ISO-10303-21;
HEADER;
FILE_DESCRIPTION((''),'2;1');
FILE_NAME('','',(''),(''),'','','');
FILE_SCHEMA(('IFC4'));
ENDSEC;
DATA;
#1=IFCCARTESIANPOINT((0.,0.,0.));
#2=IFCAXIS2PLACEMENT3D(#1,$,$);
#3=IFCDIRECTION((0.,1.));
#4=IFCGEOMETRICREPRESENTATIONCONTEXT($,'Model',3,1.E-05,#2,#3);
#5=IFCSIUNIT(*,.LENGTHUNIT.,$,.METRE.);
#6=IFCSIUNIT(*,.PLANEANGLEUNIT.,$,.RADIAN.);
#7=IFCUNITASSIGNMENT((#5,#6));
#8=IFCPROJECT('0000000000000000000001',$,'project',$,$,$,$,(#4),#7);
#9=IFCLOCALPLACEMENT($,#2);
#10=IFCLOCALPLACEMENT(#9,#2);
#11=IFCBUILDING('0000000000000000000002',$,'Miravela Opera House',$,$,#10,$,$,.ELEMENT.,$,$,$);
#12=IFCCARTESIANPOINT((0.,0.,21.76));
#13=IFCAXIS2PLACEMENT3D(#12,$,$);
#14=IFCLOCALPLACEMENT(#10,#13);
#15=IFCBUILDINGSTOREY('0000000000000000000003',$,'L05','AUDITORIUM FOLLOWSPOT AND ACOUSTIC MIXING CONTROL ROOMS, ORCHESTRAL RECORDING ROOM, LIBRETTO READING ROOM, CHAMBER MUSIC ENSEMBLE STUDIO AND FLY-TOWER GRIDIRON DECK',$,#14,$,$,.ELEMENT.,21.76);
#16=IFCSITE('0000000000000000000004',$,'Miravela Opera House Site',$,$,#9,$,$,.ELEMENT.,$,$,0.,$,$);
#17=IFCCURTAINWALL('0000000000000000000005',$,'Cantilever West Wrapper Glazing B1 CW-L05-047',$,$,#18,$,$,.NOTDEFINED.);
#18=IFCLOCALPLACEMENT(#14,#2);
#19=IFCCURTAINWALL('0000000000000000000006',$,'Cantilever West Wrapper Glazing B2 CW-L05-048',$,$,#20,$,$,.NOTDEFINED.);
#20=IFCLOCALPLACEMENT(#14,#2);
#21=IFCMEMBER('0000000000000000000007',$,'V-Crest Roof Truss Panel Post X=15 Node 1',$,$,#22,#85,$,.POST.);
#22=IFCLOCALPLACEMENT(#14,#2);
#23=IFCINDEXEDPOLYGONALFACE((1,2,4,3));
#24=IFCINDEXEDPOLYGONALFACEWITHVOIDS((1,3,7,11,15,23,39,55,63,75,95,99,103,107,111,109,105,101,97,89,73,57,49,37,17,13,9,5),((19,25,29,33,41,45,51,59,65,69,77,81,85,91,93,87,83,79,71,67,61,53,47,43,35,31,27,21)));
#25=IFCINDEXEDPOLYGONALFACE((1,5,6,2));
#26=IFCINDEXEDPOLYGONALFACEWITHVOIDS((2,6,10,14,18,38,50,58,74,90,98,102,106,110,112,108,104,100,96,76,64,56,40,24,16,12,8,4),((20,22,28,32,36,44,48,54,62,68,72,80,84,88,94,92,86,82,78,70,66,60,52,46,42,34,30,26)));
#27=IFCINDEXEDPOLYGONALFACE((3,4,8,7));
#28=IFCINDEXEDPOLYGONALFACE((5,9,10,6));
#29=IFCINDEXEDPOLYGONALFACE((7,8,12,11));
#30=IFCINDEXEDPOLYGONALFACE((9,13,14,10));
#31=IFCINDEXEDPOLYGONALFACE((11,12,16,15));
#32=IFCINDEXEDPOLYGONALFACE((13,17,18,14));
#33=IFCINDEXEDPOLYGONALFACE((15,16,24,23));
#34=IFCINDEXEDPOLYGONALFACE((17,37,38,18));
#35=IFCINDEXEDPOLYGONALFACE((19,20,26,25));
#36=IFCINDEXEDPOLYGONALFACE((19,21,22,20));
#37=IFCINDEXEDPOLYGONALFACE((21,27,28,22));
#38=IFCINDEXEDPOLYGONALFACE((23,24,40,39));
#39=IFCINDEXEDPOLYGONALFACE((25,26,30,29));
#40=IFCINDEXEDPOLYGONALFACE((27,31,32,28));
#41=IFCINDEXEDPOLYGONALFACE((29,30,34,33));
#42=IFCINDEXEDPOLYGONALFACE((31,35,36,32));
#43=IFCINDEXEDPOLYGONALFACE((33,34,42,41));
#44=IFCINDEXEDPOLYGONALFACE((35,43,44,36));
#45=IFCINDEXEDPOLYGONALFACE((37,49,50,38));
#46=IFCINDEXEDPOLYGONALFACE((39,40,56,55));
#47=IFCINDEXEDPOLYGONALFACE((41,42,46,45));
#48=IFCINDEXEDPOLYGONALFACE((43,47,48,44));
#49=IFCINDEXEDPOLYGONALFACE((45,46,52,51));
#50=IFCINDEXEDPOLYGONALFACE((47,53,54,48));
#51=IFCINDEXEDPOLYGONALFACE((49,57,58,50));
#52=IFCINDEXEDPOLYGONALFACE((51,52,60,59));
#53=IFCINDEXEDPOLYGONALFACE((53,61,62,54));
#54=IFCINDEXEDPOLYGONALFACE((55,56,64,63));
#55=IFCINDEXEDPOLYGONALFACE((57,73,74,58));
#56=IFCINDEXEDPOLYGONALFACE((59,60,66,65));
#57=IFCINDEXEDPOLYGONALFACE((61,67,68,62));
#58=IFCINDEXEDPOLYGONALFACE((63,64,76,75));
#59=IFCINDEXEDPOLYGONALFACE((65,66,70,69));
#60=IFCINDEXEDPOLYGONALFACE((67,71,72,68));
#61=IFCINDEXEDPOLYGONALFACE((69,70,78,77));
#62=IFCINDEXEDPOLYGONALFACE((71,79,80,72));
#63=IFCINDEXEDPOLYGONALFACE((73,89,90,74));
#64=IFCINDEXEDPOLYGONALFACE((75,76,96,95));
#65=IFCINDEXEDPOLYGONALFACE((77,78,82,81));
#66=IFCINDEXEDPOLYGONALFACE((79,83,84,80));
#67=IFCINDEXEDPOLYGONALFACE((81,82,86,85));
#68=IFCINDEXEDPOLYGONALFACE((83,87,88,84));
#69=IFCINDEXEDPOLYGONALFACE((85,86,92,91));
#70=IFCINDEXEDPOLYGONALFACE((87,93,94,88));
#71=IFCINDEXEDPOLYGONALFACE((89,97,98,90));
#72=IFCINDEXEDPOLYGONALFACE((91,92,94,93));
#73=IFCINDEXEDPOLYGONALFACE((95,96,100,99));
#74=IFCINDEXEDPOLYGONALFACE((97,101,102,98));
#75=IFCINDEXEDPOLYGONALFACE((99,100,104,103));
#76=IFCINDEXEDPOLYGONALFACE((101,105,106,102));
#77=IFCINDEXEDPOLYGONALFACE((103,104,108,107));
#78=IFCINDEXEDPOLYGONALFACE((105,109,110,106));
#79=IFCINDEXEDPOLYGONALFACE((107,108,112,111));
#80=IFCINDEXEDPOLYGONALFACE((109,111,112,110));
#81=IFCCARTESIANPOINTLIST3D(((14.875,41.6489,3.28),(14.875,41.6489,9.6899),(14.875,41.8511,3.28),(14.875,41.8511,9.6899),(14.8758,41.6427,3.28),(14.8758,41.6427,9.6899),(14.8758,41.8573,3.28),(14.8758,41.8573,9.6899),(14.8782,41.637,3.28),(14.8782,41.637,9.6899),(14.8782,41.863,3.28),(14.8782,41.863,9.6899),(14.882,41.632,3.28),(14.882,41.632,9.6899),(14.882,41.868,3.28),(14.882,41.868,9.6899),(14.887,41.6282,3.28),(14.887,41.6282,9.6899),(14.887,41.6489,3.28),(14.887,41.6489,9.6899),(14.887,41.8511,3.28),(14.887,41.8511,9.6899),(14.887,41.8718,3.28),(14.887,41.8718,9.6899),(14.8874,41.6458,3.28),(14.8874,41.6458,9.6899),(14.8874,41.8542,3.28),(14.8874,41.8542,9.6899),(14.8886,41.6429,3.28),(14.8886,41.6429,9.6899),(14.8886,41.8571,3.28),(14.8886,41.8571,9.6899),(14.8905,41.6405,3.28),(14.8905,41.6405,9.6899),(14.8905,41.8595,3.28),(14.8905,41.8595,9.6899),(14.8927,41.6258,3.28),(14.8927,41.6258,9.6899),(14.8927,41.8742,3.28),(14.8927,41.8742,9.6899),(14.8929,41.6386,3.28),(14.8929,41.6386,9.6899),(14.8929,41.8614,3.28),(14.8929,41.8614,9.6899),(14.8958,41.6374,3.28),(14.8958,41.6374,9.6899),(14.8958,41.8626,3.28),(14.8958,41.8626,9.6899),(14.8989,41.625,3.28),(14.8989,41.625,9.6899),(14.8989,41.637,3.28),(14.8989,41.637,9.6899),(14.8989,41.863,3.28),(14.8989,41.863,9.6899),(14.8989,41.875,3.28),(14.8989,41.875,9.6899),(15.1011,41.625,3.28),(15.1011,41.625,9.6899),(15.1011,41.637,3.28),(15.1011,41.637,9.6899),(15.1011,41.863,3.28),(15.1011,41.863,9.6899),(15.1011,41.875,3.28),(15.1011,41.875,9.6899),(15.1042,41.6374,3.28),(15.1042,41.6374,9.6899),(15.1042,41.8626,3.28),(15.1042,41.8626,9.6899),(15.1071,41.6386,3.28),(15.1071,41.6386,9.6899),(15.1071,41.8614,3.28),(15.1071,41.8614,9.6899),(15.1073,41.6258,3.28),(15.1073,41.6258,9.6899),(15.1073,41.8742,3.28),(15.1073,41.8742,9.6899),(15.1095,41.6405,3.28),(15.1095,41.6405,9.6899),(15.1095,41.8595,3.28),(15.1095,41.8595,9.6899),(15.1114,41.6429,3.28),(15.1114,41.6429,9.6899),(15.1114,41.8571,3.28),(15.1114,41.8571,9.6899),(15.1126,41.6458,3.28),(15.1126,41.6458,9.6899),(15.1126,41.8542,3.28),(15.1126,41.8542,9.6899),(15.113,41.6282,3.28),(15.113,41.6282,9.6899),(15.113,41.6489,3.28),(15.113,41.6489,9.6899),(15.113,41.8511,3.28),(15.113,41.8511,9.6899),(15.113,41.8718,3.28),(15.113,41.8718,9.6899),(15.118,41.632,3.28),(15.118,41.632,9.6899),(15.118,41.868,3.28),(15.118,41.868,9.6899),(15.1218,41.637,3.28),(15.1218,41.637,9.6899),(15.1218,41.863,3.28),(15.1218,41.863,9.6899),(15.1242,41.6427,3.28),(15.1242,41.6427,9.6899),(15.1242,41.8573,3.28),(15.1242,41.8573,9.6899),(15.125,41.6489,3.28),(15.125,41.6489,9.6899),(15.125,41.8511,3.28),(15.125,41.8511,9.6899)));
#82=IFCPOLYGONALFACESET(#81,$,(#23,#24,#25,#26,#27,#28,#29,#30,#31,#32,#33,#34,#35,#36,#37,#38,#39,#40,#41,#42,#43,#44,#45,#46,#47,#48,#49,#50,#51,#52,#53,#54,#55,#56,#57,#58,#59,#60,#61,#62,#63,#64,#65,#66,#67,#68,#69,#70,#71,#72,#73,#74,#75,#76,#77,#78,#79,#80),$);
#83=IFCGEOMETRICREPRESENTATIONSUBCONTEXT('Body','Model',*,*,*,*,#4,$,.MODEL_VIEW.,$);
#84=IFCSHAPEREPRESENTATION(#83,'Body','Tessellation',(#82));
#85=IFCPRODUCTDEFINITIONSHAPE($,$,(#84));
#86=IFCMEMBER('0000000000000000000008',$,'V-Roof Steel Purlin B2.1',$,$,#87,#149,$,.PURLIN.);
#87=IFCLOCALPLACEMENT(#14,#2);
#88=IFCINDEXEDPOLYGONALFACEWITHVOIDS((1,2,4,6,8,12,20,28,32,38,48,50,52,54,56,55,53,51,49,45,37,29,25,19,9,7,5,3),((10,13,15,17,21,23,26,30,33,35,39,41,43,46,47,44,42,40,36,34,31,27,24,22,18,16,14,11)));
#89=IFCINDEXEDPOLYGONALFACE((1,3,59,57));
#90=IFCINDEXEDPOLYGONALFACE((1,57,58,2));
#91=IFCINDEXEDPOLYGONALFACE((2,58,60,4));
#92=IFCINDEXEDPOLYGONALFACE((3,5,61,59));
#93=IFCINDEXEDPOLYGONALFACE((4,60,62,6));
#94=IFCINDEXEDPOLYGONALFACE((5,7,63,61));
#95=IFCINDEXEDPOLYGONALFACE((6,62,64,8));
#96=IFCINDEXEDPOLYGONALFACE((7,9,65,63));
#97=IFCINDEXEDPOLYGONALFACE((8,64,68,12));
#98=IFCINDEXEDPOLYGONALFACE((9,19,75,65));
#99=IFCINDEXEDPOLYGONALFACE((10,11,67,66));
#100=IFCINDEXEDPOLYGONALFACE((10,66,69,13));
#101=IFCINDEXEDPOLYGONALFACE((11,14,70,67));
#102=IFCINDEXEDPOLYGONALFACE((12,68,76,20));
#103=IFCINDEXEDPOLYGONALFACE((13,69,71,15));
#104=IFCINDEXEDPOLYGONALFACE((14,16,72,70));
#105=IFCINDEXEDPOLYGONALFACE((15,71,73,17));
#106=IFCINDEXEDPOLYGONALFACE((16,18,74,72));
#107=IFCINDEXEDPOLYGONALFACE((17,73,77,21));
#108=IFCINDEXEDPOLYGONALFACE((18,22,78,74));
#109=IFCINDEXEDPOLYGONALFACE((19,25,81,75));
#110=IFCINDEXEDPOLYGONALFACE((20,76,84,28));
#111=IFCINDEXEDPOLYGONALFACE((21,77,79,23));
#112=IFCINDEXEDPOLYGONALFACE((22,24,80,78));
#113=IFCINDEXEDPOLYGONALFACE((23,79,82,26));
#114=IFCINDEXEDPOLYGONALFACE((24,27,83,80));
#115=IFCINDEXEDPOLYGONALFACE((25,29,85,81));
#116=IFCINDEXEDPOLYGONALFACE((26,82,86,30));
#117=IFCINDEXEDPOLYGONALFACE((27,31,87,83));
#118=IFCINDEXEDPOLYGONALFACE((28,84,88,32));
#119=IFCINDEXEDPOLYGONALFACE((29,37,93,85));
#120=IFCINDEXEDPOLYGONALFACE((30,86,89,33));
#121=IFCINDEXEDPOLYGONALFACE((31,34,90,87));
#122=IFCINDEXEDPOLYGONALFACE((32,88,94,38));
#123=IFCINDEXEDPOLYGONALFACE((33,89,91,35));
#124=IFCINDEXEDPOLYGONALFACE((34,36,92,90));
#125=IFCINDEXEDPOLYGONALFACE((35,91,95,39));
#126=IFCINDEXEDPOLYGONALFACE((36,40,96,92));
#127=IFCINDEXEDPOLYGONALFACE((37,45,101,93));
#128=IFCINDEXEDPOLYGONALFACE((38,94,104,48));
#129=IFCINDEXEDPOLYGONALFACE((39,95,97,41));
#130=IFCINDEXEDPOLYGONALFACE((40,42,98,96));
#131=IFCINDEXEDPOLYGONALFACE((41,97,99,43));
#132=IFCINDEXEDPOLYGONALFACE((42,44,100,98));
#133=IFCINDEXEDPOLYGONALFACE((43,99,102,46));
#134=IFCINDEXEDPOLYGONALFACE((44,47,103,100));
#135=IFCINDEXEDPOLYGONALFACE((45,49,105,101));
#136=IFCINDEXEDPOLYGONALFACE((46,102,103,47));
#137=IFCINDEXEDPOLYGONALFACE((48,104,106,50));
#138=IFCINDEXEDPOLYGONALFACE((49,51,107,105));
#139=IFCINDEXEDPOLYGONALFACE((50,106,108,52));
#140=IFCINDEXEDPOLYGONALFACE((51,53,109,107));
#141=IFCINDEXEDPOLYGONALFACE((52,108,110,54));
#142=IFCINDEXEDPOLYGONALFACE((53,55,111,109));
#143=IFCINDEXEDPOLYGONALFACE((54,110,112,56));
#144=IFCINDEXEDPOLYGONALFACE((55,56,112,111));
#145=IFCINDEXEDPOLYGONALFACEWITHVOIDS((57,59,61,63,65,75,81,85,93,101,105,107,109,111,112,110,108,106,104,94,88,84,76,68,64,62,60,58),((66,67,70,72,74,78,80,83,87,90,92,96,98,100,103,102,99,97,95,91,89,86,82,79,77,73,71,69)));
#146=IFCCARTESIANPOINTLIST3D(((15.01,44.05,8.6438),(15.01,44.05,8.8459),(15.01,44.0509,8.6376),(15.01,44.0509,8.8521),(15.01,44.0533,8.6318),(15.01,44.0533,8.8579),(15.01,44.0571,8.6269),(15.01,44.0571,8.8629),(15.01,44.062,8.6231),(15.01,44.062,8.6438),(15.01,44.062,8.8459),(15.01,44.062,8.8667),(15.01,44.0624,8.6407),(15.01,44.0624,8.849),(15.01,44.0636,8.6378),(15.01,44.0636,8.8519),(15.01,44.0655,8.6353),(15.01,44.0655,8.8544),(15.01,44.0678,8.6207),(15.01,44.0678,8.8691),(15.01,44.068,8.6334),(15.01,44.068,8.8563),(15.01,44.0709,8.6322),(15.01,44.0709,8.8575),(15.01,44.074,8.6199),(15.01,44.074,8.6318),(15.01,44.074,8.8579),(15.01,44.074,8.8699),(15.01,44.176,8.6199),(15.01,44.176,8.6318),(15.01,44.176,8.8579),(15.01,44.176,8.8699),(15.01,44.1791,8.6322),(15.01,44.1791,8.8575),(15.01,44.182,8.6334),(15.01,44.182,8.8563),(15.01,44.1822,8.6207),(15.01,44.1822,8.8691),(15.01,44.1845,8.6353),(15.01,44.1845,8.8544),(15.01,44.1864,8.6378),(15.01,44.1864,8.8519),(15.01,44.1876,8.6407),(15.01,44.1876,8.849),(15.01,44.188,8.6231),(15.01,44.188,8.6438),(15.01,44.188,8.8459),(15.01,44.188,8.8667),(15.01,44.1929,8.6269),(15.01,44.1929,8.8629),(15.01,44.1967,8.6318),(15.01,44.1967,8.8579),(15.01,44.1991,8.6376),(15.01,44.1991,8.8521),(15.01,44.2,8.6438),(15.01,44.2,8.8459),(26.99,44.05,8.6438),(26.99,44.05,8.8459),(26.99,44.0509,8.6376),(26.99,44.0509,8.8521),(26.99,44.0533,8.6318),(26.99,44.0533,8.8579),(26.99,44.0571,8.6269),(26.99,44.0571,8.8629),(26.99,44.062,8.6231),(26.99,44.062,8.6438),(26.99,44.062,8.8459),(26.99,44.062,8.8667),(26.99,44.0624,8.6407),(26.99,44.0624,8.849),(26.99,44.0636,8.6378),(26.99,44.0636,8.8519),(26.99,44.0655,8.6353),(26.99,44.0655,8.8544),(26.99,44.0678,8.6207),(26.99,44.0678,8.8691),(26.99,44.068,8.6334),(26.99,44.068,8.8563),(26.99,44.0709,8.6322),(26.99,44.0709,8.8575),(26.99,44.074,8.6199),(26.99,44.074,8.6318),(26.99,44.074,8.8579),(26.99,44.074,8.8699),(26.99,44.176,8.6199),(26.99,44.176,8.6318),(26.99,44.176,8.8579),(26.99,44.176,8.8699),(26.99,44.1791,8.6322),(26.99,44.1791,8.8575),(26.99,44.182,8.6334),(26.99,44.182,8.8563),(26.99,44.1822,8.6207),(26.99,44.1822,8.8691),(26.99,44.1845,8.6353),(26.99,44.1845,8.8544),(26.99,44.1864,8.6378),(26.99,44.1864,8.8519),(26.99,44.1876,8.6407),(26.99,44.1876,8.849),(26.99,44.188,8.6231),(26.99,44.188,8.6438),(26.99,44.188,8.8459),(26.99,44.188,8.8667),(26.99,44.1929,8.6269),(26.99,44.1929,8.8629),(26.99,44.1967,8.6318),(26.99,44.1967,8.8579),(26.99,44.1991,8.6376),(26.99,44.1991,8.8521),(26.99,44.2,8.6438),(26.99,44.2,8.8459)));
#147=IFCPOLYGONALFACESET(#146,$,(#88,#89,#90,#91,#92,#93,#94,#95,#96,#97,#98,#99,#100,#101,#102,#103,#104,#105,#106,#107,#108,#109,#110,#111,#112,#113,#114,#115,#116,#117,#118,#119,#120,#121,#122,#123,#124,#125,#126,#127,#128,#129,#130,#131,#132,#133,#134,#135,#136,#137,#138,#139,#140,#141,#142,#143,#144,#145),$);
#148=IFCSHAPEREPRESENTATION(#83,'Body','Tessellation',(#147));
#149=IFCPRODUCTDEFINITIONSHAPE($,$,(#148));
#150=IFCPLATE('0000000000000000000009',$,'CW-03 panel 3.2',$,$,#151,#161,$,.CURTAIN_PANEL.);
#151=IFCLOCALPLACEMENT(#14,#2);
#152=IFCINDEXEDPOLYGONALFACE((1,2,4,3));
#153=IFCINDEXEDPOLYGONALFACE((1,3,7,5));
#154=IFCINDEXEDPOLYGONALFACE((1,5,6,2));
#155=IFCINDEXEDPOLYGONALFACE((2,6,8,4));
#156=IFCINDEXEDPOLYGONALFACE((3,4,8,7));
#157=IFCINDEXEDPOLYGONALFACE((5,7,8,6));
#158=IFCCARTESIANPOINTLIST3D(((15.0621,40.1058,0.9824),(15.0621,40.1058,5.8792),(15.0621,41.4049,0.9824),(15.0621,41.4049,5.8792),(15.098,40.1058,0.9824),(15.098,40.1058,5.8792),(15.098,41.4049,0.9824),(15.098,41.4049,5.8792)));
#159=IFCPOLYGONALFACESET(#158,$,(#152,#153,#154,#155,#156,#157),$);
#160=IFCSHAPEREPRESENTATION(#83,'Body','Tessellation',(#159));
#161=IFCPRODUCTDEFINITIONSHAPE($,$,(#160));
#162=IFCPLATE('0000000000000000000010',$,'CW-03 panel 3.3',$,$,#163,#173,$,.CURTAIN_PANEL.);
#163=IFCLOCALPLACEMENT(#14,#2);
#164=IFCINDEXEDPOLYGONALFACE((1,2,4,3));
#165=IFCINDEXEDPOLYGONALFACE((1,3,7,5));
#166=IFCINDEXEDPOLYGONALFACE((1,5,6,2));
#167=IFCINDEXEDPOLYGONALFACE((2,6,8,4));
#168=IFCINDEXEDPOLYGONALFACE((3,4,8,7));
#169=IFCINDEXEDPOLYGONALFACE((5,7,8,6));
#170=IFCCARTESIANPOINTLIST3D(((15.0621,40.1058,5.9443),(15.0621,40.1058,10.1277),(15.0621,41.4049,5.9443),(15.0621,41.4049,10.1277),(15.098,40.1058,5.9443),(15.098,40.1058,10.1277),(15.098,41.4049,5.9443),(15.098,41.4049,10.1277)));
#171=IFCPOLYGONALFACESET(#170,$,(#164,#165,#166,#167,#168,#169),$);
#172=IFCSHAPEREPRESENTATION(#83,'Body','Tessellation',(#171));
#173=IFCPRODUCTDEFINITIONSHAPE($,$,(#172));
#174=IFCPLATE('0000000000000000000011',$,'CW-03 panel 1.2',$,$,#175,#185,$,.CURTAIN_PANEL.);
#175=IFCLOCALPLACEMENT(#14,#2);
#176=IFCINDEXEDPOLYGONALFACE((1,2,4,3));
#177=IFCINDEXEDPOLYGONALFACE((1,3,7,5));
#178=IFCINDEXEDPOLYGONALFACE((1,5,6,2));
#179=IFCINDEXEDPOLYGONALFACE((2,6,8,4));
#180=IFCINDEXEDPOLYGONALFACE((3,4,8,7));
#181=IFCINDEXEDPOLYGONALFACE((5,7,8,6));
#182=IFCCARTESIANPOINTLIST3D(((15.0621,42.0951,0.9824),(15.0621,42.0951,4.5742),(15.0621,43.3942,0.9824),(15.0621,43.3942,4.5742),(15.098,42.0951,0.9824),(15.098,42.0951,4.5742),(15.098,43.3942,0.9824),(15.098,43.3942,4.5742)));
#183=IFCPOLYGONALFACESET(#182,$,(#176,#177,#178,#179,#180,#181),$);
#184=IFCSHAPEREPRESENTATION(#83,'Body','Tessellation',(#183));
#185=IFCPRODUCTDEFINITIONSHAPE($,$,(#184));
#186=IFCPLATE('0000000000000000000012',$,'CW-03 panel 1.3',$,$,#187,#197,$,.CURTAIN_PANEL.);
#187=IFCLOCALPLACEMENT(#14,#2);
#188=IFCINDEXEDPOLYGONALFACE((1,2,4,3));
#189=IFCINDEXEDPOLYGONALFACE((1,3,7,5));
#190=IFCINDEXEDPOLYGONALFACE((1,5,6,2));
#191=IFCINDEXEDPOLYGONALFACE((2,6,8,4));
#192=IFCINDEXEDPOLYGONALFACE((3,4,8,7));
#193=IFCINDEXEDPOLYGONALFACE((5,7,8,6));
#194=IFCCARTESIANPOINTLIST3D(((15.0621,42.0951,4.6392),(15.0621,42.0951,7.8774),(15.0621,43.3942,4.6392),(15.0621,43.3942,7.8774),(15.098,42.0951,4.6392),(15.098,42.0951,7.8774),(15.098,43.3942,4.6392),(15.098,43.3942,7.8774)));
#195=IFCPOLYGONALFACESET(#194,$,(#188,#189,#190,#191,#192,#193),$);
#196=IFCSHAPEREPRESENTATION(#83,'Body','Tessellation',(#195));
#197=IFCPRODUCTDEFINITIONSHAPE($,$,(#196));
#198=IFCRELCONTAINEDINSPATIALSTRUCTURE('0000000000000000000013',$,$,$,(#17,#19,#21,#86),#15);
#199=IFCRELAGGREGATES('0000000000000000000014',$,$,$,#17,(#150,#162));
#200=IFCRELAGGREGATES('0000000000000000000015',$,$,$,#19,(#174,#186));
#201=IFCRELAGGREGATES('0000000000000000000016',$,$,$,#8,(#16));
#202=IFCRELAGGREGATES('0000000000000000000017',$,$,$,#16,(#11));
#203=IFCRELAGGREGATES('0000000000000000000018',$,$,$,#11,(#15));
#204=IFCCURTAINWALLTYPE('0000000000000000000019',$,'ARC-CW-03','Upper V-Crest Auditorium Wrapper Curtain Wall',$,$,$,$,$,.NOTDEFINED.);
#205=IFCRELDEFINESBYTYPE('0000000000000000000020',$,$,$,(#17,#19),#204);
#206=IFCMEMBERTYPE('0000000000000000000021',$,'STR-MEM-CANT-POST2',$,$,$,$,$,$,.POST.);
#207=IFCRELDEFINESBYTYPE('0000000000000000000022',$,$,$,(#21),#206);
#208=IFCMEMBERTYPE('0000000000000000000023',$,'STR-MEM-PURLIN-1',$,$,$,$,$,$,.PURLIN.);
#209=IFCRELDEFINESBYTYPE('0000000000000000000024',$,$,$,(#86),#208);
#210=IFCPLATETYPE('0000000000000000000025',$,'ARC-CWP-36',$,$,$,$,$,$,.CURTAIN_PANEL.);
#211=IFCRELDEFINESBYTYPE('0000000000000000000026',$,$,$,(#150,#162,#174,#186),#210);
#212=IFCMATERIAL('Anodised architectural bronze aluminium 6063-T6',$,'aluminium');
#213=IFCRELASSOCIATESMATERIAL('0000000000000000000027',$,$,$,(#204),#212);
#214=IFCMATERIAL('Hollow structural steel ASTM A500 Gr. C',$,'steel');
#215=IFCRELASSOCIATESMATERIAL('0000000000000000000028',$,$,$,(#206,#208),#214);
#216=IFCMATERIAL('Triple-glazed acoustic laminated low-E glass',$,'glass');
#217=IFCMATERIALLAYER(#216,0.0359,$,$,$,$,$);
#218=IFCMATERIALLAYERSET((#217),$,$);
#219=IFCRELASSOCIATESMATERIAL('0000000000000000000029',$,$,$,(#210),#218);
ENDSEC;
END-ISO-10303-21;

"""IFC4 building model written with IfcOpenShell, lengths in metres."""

from ifc_helpers import new_model, si_unit, direction, frame, origin, origin_2d, place, context, subcontext, project, spatial, rectangle, hollow_rectangle, extrude, material, layer, layer_set, material_profile, profile_set, type_object, element, aggregate, save


model = new_model("IFC4")

# Units and contexts
model_context = context("Model", 3, precision=1e-05, world=origin(), true_north=direction((0.0, 1.0)))
body_context = subcontext(model_context, "Body", "Model", "MODEL_VIEW")
ifc_project = project(units=[si_unit("LENGTHUNIT", "METRE"), si_unit("PLANEANGLEUNIT", "RADIAN")], contexts=[model_context])

# Site, building, storey
site_placement = place(None, origin())
site = spatial("IfcSite", under=ifc_project, at=site_placement, Name="Miravela Opera House Site", CompositionType="ELEMENT", RefElevation=0.0)
building_placement = place(site_placement, origin())
building = spatial("IfcBuilding", under=site, at=building_placement, Name="Miravela Opera House", CompositionType="ELEMENT")
storey_placement = place(building_placement, frame((0.0, 0.0, 21.76)))
storey = spatial("IfcBuildingStorey", under=building, at=storey_placement, Name="L05", Description="AUDITORIUM FOLLOWSPOT AND ACOUSTIC MIXING CONTROL ROOMS, ORCHESTRAL RECORDING ROOM, LIBRETTO READING ROOM, CHAMBER MUSIC ENSEMBLE STUDIO AND FLY-TOWER GRIDIRON DECK", CompositionType="ELEMENT", Elevation=21.76)

# Curtain walls
ifc_material_1 = material(Name="Anodised architectural bronze aluminium 6063-T6", Category="aluminium")
curtain_wall_type = type_object("IfcCurtainWallType", Name="ARC-CW-03", Description="Upper V-Crest Auditorium Wrapper Curtain Wall", PredefinedType="NOTDEFINED", material=ifc_material_1)
curtain_wall_1_placement = place(storey_placement, origin())
curtain_wall_1 = element("IfcCurtainWall", 1, at=curtain_wall_1_placement, inside=storey, type_object=curtain_wall_type, Name="Cantilever West Wrapper Glazing B1 CW-L05-047", PredefinedType="NOTDEFINED")
curtain_wall_2_placement = place(storey_placement, origin())
curtain_wall_2 = element("IfcCurtainWall", 2, at=curtain_wall_2_placement, inside=storey, type_object=curtain_wall_type, Name="Cantilever West Wrapper Glazing B2 CW-L05-048", PredefinedType="NOTDEFINED")

# Members
ifc_material_2 = material(Name="Hollow structural steel ASTM A500 Gr. C", Category="steel")
ifc_material_profile_1 = material_profile(ifc_material_2, hollow_rectangle(XDim=0.25, YDim=0.25, WallThickness=0.012, InnerFilletRadius=0.012, OuterFilletRadius=0.0239, at=origin_2d()), Name="HSS250X250X12")
ifc_profile_set_1 = profile_set([ifc_material_profile_1])
member_type_1 = type_object("IfcMemberType", Name="STR-MEM-CANT-POST2", PredefinedType="POST", material=ifc_profile_set_1)
member_1_placement = place(storey_placement, frame((15.0, 41.75, 3.28), z_axis=(0.0, 0.0, 1.0), x_axis=(1.0, 0.0, 0.0)))
element("IfcMember", 3, at=member_1_placement, inside=storey, type_object=member_type_1, Name="V-Crest Roof Truss Panel Post X=15 Node 1", PredefinedType="POST", context=body_context, shape_type="SweptSolid", body=[
    extrude(hollow_rectangle(XDim=0.25, YDim=0.25, WallThickness=0.012, InnerFilletRadius=0.012, OuterFilletRadius=0.0239, at=origin_2d()), origin(), (0.0, 0.0, 1.0), 6.4099),
])
ifc_material_profile_2 = material_profile(ifc_material_2, hollow_rectangle(XDim=0.1499, YDim=0.25, WallThickness=0.012, InnerFilletRadius=0.012, OuterFilletRadius=0.0239, at=origin_2d()), Name="HSS250X150X12")
ifc_profile_set_2 = profile_set([ifc_material_profile_2])
member_type_2 = type_object("IfcMemberType", Name="STR-MEM-PURLIN-1", PredefinedType="PURLIN", material=ifc_profile_set_2)
member_2_placement = place(storey_placement, frame((15.01, 44.125, 8.7449), z_axis=(1.0, 0.0, 0.0), x_axis=(0.0, 1.0, 0.0)))
element("IfcMember", 4, at=member_2_placement, inside=storey, type_object=member_type_2, Name="V-Roof Steel Purlin B2.1", PredefinedType="PURLIN", context=body_context, shape_type="SweptSolid", body=[
    extrude(hollow_rectangle(XDim=0.1499, YDim=0.25, WallThickness=0.012, InnerFilletRadius=0.012, OuterFilletRadius=0.0239, at=origin_2d()), origin(), (0.0, 0.0, 1.0), 11.98),
])

# Plates
ifc_material_3 = material(Name="Triple-glazed acoustic laminated low-E glass", Category="glass")
ifc_layer = layer(ifc_material_3, 0.0359)
ifc_layer_set = layer_set([ifc_layer])
plate_type = type_object("IfcPlateType", Name="ARC-CWP-36", PredefinedType="CURTAIN_PANEL", material=ifc_layer_set)
plate_1_placement = place(storey_placement, frame((15.0801, 40.7554, 0.9824), z_axis=(0.0, 0.0, 1.0), x_axis=(0.0, 1.0, 0.0)))
plate_1 = element("IfcPlate", 5, at=plate_1_placement, type_object=plate_type, Name="CW-03 panel 3.2", PredefinedType="CURTAIN_PANEL", context=body_context, shape_type="SweptSolid", body=[
    extrude(rectangle(XDim=1.2991, YDim=0.0359, at=origin_2d()), origin(), (0.0, 0.0, 1.0), 4.8967),
])
plate_2_placement = place(storey_placement, frame((15.0801, 40.7554, 5.9443), z_axis=(0.0, 0.0, 1.0), x_axis=(0.0, 1.0, 0.0)))
plate_2 = element("IfcPlate", 6, at=plate_2_placement, type_object=plate_type, Name="CW-03 panel 3.3", PredefinedType="CURTAIN_PANEL", context=body_context, shape_type="SweptSolid", body=[
    extrude(rectangle(XDim=1.2991, YDim=0.0359, at=origin_2d()), origin(), (0.0, 0.0, 1.0), 4.1833),
])
aggregate(curtain_wall_1, [plate_1, plate_2])
plate_3_placement = place(storey_placement, frame((15.0801, 42.7446, 0.9824), z_axis=(0.0, 0.0, 1.0), x_axis=(0.0, 1.0, 0.0)))
plate_3 = element("IfcPlate", 7, at=plate_3_placement, type_object=plate_type, Name="CW-03 panel 1.2", PredefinedType="CURTAIN_PANEL", context=body_context, shape_type="SweptSolid", body=[
    extrude(rectangle(XDim=1.2991, YDim=0.0359, at=origin_2d()), origin(), (0.0, 0.0, 1.0), 3.5918),
])
plate_4_placement = place(storey_placement, frame((15.0801, 42.7446, 4.6392), z_axis=(0.0, 0.0, 1.0), x_axis=(0.0, 1.0, 0.0)))
plate_4 = element("IfcPlate", 8, at=plate_4_placement, type_object=plate_type, Name="CW-03 panel 1.3", PredefinedType="CURTAIN_PANEL", context=body_context, shape_type="SweptSolid", body=[
    extrude(rectangle(XDim=1.2991, YDim=0.0359, at=origin_2d()), origin(), (0.0, 0.0, 1.0), 3.2383),
])
aggregate(curtain_wall_2, [plate_3, plate_4])

save(model, "model.ifc")
